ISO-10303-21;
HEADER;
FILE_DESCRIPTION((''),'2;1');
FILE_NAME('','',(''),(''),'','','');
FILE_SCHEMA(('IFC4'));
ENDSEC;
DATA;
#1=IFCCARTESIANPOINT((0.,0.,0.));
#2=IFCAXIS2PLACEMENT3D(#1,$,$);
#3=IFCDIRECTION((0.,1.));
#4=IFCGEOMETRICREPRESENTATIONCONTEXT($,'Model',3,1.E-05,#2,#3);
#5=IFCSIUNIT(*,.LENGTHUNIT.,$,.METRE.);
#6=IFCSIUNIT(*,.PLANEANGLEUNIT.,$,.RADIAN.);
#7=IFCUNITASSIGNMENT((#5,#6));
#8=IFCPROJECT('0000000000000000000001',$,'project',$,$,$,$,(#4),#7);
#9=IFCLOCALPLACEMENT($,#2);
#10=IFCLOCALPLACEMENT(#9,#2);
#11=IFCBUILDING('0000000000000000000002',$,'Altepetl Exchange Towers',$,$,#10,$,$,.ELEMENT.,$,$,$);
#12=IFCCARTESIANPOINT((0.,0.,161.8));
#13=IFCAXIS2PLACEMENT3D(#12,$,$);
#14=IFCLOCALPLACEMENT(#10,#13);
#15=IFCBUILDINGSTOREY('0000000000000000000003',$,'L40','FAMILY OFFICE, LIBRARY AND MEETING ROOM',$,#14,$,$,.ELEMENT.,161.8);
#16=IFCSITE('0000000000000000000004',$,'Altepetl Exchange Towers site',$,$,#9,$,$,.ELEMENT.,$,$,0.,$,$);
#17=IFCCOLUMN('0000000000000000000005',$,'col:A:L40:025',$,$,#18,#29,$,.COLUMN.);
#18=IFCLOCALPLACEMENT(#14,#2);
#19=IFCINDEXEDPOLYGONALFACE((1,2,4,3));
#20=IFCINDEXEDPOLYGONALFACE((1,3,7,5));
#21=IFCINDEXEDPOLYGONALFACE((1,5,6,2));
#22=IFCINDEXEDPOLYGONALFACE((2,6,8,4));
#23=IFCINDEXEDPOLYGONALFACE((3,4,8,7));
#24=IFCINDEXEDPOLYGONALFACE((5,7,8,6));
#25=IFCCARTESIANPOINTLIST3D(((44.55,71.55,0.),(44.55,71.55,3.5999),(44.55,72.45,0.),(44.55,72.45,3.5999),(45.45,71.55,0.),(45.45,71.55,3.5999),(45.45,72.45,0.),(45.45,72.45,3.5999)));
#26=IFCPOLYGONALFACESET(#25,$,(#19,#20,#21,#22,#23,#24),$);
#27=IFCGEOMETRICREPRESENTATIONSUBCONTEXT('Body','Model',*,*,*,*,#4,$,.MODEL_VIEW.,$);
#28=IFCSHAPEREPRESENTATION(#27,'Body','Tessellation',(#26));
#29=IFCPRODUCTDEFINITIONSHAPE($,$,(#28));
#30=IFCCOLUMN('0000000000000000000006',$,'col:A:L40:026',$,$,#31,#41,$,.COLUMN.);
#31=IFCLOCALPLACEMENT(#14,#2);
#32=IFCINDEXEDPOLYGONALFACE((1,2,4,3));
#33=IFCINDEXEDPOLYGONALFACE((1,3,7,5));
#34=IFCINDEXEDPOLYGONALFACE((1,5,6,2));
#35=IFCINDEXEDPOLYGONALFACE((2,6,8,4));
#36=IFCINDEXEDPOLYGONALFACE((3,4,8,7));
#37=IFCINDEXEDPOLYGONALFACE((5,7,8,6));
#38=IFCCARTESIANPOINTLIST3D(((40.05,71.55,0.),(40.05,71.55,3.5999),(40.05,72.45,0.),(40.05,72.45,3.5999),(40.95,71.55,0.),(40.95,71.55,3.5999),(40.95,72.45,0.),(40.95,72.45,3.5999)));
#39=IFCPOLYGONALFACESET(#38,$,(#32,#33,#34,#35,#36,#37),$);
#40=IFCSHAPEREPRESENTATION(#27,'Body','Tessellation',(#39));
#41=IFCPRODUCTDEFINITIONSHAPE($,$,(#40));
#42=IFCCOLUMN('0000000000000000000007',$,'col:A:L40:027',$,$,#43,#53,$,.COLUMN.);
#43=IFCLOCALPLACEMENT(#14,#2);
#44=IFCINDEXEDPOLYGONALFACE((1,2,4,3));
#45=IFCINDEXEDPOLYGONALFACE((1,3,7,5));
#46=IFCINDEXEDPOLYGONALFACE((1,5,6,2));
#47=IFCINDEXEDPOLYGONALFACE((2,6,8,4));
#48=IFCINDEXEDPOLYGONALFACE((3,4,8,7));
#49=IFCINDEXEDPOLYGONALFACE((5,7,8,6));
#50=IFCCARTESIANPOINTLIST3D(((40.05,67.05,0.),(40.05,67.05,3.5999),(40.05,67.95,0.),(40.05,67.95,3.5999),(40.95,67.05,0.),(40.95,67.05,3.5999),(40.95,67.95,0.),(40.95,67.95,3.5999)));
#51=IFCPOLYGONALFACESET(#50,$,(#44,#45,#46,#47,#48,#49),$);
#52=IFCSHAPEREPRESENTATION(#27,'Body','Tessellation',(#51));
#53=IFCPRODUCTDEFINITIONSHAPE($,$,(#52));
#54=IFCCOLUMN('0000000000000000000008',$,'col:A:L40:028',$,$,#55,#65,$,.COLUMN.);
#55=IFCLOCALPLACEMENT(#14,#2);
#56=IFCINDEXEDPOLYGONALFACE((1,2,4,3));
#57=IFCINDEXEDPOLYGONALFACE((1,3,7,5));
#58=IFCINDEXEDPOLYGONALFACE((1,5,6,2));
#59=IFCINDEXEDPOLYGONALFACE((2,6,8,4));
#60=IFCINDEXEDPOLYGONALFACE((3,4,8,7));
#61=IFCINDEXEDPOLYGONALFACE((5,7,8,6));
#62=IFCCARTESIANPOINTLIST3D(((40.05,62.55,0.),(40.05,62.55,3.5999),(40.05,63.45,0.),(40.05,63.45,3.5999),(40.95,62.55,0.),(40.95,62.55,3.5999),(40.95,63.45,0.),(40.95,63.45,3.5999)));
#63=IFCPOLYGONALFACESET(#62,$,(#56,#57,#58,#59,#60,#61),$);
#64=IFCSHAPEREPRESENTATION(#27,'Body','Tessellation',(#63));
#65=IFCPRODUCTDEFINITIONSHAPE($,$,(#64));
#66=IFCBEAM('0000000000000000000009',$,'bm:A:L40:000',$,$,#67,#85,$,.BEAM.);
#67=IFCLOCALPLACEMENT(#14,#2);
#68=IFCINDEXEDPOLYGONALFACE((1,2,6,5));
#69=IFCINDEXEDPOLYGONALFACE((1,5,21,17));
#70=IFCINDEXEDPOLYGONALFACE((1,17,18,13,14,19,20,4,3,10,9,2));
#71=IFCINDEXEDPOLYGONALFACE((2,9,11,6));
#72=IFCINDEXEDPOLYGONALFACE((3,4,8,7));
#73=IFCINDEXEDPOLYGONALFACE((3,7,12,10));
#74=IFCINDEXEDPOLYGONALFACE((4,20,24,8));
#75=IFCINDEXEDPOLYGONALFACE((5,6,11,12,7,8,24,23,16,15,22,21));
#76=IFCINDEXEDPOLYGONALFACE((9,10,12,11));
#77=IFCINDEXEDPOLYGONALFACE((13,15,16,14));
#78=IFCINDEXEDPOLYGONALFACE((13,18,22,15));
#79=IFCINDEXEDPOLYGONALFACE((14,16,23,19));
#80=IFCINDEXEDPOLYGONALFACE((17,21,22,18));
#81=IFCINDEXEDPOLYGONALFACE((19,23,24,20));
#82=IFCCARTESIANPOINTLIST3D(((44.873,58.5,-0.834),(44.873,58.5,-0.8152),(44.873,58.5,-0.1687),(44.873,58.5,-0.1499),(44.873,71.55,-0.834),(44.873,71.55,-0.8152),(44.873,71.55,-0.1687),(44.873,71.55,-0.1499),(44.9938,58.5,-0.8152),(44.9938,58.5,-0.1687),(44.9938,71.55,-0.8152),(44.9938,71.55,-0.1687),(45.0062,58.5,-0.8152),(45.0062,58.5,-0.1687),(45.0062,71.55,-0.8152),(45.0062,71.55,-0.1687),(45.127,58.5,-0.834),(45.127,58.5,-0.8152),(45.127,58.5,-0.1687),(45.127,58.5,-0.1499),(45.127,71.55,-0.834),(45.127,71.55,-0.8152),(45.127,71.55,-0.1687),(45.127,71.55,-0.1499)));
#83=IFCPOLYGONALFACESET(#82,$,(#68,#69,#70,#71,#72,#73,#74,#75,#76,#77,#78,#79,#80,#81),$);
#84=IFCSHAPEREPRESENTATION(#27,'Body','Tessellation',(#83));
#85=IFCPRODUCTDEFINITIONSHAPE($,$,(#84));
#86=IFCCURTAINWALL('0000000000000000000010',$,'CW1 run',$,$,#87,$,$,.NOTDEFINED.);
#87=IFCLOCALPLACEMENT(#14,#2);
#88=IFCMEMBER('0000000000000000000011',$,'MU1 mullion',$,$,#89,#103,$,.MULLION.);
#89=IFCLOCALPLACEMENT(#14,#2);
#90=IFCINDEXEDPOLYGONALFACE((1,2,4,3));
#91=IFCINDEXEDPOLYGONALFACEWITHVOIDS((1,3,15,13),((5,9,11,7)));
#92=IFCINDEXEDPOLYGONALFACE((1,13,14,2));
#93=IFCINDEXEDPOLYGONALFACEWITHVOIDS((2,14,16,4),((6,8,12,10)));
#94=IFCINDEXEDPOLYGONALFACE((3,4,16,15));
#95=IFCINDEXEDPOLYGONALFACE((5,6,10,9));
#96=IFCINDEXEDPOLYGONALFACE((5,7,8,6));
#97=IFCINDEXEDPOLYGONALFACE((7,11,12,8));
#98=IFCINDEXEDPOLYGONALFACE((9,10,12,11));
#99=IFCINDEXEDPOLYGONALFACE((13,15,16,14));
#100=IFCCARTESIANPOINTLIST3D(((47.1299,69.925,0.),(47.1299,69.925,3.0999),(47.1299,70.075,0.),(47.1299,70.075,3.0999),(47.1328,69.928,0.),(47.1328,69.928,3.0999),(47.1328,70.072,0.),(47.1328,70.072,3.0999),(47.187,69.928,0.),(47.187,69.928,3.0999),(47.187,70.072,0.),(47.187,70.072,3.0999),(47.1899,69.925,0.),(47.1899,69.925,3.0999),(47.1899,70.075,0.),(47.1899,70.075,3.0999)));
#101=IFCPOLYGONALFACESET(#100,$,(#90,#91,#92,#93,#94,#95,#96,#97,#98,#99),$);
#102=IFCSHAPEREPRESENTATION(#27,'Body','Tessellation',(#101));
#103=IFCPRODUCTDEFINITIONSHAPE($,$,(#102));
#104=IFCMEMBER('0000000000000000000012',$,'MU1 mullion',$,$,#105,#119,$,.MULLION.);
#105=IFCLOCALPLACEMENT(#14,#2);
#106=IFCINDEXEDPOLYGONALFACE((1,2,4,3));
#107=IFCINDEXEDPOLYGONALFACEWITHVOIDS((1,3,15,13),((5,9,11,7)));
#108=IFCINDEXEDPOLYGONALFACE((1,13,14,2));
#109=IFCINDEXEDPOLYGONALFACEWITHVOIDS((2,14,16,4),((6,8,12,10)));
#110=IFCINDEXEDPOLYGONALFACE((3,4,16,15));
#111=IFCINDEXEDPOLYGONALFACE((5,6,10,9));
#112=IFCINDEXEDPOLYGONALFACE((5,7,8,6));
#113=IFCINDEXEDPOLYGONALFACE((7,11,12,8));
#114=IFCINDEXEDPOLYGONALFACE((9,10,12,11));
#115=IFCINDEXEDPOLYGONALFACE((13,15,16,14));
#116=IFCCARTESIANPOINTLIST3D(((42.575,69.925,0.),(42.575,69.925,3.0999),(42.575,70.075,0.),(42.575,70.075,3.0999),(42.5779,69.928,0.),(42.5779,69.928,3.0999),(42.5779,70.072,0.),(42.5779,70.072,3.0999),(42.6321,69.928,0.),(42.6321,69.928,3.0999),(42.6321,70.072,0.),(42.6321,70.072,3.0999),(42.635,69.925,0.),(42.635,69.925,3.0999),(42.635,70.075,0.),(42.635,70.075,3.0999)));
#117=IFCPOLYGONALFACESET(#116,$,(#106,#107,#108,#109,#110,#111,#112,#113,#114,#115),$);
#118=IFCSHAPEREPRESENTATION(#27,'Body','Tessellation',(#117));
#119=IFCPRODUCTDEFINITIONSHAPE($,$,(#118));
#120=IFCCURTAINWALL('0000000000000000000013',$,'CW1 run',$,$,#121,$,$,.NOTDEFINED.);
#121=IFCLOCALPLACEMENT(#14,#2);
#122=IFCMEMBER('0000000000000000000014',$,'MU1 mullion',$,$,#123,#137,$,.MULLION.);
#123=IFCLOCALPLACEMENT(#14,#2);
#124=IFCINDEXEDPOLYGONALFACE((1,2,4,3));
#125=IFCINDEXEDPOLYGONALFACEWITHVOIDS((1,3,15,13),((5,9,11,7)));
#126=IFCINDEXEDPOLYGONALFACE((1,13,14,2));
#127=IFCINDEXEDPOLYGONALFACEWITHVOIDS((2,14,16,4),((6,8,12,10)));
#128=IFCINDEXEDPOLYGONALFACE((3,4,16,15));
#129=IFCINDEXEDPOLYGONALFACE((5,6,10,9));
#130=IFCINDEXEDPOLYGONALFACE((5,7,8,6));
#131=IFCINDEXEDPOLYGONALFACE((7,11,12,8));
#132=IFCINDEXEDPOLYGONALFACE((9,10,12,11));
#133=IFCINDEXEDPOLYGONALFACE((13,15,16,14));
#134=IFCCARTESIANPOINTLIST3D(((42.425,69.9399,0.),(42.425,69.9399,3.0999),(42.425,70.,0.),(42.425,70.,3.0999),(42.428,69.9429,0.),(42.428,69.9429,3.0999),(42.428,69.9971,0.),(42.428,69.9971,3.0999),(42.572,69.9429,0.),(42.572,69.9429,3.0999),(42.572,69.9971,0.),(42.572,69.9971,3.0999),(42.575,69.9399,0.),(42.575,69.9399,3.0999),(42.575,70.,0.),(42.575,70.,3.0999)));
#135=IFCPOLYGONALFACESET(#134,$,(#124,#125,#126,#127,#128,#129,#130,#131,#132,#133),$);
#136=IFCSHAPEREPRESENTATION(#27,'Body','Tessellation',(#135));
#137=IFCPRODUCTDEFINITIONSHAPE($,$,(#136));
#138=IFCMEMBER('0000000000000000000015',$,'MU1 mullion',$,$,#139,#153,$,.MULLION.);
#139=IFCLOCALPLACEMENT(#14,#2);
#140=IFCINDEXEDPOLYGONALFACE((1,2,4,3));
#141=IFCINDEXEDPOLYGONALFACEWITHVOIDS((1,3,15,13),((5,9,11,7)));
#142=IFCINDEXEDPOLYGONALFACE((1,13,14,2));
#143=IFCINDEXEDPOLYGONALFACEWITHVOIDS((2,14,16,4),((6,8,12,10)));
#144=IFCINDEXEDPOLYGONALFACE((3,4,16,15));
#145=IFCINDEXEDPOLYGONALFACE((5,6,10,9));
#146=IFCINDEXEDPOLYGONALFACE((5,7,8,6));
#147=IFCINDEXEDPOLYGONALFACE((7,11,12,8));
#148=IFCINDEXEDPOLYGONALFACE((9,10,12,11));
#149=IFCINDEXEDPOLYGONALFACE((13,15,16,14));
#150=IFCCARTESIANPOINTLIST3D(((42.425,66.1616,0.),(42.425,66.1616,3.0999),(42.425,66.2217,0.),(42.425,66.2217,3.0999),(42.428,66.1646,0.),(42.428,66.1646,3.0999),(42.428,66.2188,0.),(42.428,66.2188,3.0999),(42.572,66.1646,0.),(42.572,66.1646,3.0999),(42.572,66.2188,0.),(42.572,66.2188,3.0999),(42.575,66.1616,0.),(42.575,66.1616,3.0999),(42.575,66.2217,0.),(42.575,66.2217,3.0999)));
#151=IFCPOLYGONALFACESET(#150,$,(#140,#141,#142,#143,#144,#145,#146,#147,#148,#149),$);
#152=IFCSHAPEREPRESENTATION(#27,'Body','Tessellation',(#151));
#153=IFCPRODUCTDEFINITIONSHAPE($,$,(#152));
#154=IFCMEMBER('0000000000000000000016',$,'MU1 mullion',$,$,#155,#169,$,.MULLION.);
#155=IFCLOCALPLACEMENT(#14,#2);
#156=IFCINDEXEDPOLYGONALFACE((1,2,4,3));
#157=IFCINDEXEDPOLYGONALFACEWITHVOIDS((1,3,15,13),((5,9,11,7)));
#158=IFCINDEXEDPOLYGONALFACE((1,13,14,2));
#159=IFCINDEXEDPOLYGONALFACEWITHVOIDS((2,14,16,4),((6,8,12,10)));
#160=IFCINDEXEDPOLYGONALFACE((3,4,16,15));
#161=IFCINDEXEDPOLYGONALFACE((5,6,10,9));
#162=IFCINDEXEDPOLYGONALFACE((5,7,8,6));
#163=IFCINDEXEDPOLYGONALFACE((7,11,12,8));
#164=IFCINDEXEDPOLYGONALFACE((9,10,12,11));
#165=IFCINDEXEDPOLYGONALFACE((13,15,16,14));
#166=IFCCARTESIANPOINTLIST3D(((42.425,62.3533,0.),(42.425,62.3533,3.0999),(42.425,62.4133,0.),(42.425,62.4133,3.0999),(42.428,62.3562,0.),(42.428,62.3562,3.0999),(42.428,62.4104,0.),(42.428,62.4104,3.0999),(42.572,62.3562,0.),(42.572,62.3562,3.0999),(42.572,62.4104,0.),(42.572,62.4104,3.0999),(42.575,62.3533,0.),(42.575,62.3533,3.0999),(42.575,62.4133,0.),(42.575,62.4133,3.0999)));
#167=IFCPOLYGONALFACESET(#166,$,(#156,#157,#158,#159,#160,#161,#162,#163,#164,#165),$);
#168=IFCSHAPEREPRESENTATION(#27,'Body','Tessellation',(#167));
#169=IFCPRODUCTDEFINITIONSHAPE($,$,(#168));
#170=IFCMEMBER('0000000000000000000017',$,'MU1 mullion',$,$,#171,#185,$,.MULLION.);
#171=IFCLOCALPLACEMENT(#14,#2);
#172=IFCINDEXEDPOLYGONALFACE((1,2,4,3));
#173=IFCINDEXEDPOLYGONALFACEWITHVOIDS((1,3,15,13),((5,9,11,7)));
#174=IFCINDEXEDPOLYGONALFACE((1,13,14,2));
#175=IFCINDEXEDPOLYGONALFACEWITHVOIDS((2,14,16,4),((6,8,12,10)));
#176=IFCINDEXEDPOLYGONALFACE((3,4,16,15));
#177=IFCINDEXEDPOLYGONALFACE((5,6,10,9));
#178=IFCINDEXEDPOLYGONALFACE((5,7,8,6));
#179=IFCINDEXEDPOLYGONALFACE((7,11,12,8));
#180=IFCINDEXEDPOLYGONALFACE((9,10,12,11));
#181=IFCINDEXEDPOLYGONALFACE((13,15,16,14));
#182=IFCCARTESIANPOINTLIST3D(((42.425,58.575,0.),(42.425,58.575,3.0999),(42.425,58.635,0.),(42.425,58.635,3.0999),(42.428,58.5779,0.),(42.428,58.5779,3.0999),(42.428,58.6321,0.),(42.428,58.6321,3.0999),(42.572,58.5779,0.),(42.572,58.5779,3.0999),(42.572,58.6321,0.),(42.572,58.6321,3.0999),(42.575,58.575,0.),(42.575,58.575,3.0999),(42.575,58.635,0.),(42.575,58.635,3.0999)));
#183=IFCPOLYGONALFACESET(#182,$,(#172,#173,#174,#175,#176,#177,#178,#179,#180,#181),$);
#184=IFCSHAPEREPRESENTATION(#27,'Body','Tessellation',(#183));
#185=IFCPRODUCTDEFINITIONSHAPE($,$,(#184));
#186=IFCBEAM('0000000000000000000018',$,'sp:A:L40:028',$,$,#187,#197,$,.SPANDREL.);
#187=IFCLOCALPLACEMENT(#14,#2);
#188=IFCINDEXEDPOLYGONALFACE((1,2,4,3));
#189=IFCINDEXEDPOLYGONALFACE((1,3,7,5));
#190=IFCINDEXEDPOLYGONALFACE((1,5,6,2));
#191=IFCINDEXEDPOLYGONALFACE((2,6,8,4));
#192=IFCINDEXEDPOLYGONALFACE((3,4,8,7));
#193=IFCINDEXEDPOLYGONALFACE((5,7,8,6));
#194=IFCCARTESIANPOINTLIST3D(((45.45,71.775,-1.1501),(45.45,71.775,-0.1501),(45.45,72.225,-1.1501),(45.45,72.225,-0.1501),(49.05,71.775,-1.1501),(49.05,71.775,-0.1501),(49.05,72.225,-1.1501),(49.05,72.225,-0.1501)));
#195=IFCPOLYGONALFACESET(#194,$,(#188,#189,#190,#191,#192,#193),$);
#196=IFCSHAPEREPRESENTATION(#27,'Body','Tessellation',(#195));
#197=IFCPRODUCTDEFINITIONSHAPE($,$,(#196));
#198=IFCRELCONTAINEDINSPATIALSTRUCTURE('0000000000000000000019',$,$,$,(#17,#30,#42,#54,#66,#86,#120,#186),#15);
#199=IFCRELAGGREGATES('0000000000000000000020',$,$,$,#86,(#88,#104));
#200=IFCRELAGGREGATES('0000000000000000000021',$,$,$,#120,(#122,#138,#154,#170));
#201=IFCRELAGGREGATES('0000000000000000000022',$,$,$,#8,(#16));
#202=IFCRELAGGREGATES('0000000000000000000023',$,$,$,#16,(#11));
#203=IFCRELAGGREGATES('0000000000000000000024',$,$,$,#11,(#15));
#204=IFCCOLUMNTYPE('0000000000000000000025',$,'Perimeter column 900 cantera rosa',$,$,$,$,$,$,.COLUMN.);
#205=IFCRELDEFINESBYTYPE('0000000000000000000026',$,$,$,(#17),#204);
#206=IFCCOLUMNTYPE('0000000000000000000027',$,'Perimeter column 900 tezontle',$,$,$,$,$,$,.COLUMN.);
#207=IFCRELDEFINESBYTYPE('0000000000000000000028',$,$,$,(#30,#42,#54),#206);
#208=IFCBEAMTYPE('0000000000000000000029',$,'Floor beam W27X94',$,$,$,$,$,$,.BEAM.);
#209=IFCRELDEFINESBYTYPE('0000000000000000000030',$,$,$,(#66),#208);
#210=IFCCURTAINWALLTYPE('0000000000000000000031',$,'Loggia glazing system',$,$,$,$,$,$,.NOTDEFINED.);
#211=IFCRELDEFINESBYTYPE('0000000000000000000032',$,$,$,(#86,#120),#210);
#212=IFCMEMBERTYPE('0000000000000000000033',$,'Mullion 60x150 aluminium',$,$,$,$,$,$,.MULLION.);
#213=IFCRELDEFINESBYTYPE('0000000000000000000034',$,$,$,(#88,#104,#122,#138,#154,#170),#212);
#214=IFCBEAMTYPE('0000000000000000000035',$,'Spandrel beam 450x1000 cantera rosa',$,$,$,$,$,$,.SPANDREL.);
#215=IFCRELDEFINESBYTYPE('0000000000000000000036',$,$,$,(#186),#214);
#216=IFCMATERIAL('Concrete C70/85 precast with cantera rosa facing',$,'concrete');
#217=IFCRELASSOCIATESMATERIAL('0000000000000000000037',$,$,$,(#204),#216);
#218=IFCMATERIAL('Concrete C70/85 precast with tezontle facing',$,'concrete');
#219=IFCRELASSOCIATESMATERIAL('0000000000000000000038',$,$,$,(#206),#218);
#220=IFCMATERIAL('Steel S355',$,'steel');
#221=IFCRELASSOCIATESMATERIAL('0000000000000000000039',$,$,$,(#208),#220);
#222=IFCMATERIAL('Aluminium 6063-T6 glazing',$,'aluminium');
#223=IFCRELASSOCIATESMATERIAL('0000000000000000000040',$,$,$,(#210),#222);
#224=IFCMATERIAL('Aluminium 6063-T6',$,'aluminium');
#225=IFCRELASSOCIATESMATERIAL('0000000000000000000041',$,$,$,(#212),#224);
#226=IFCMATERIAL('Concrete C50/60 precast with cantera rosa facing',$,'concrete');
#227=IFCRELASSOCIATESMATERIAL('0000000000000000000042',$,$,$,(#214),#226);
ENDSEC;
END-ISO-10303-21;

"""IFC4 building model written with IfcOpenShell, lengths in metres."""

from ifc_helpers import new_model, si_unit, direction, frame, origin, origin_2d, place, context, subcontext, project, spatial, rectangle, hollow_rectangle, i_section, extrude, material, material_profile, profile_set, type_object, element, aggregate, save


model = new_model("IFC4")

# Units and contexts
model_context = context("Model", 3, precision=1e-05, world=origin(), true_north=direction((0.0, 1.0)))
body_context = subcontext(model_context, "Body", "Model", "MODEL_VIEW")
ifc_project = project(units=[si_unit("LENGTHUNIT", "METRE"), si_unit("PLANEANGLEUNIT", "RADIAN")], contexts=[model_context])

# Site, building, storey
site_placement = place(None, origin())
site = spatial("IfcSite", under=ifc_project, at=site_placement, Name="Altepetl Exchange Towers site", CompositionType="ELEMENT", RefElevation=0.0)
building_placement = place(site_placement, origin())
building = spatial("IfcBuilding", under=site, at=building_placement, Name="Altepetl Exchange Towers", CompositionType="ELEMENT")
storey_placement = place(building_placement, frame((0.0, 0.0, 161.8)))
storey = spatial("IfcBuildingStorey", under=building, at=storey_placement, Name="L40", Description="FAMILY OFFICE, LIBRARY AND MEETING ROOM", CompositionType="ELEMENT", Elevation=161.8)

# Columns
ifc_material_1 = material(Name="Concrete C70/85 precast with cantera rosa facing", Category="concrete")
ifc_material_profile_1 = material_profile(ifc_material_1, rectangle(XDim=0.8999, YDim=0.8999, at=origin_2d()), Name="900 x 900")
ifc_profile_set_1 = profile_set([ifc_material_profile_1], Name="Concrete C70/85 precast with cantera rosa facing")
column_type_1 = type_object("IfcColumnType", Name="Perimeter column 900 cantera rosa", PredefinedType="COLUMN", material=ifc_profile_set_1)
column_placement = place(storey_placement, frame((45.0, 72.0, 0.0)))
element("IfcColumn", 1, at=column_placement, inside=storey, type_object=column_type_1, Name="col:A:L40:025", PredefinedType="COLUMN", context=body_context, shape_type="SweptSolid", body=[
    extrude(rectangle(XDim=0.8999, YDim=0.8999, at=origin_2d()), origin(), (0.0, 0.0, 1.0), 3.5999),
])
ifc_material_2 = material(Name="Concrete C70/85 precast with tezontle facing", Category="concrete")
ifc_material_profile_2 = material_profile(ifc_material_2, rectangle(XDim=0.8999, YDim=0.8999, at=origin_2d()), Name="900 x 900")
ifc_profile_set_2 = profile_set([ifc_material_profile_2], Name="Concrete C70/85 precast with tezontle facing")
column_type_2 = type_object("IfcColumnType", Name="Perimeter column 900 tezontle", PredefinedType="COLUMN", material=ifc_profile_set_2)
for number, where, name in (
    (2, (40.5, 72.0, 0.0), "col:A:L40:026"),
    (3, (40.5, 67.5, 0.0), "col:A:L40:027"),
    (4, (40.5, 63.0, 0.0), "col:A:L40:028"),
):
    element("IfcColumn", number, at=place(storey_placement, frame(where)), inside=storey, type_object=column_type_2, Name=name, PredefinedType="COLUMN", context=body_context, shape_type="SweptSolid", body=[
        extrude(rectangle(XDim=0.8999, YDim=0.8999, at=origin_2d()), origin(), (0.0, 0.0, 1.0), 3.5999),
    ])

# Beam
ifc_material_3 = material(Name="Steel S355", Category="steel")
ifc_material_profile_3 = material_profile(ifc_material_3, i_section(OverallWidth=0.2539, OverallDepth=0.6841, WebThickness=0.0125, FlangeThickness=0.0188, at=origin_2d()), Name="W27X94")
ifc_profile_set_3 = profile_set([ifc_material_profile_3], Name="Steel S355")
beam_type_1 = type_object("IfcBeamType", Name="Floor beam W27X94", PredefinedType="BEAM", material=ifc_profile_set_3)
beam_1_placement = place(storey_placement, frame((45.0, 58.5, -0.4919), z_axis=(0.0, 1.0, 0.0), x_axis=(-1.0, 0.0, 0.0)))
element("IfcBeam", 5, at=beam_1_placement, inside=storey, type_object=beam_type_1, Name="bm:A:L40:000", PredefinedType="BEAM", context=body_context, shape_type="SweptSolid", body=[
    extrude(i_section(OverallWidth=0.2539, OverallDepth=0.6841, WebThickness=0.0125, FlangeThickness=0.0188, at=origin_2d()), origin(), (0.0, 0.0, 1.0), 13.05),
])

# Curtain walls, members
ifc_material_4 = material(Name="Aluminium 6063-T6 glazing", Category="aluminium")
curtain_wall_type = type_object("IfcCurtainWallType", Name="Loggia glazing system", PredefinedType="NOTDEFINED", material=ifc_material_4)
curtain_wall_1_placement = place(storey_placement, origin())
curtain_wall_1 = element("IfcCurtainWall", 6, at=curtain_wall_1_placement, inside=storey, type_object=curtain_wall_type, Name="CW1 run", PredefinedType="NOTDEFINED")
ifc_material_5 = material(Name="Aluminium 6063-T6", Category="aluminium")
ifc_material_profile_4 = material_profile(ifc_material_5, hollow_rectangle(XDim=0.0601, YDim=0.1499, WallThickness=0.0029, at=origin_2d()), Name="Mullion 60x150 aluminium")
ifc_profile_set_4 = profile_set([ifc_material_profile_4], Name="Aluminium 6063-T6")
member_type = type_object("IfcMemberType", Name="Mullion 60x150 aluminium", PredefinedType="MULLION", material=ifc_profile_set_4)
member_1_placement = place(storey_placement, frame((47.1599, 70.0, 0.0), z_axis=(0.0, 0.0, 1.0), x_axis=(-1.0, 0.0, 0.0)))
member_1 = element("IfcMember", 7, at=member_1_placement, type_object=member_type, Name="MU1 mullion", PredefinedType="MULLION", context=body_context, shape_type="SweptSolid", body=[
    extrude(hollow_rectangle(XDim=0.0601, YDim=0.1499, WallThickness=0.0029, at=origin_2d()), origin(), (0.0, 0.0, 1.0), 3.0999),
])
member_2_placement = place(storey_placement, frame((42.605, 70.0, 0.0), z_axis=(0.0, 0.0, 1.0), x_axis=(-1.0, 0.0, 0.0)))
member_2 = element("IfcMember", 8, at=member_2_placement, type_object=member_type, Name="MU1 mullion", PredefinedType="MULLION", context=body_context, shape_type="SweptSolid", body=[
    extrude(hollow_rectangle(XDim=0.0601, YDim=0.1499, WallThickness=0.0029, at=origin_2d()), origin(), (0.0, 0.0, 1.0), 3.0999),
])
curtain_wall_2_placement = place(storey_placement, origin())
curtain_wall_2 = element("IfcCurtainWall", 9, at=curtain_wall_2_placement, inside=storey, type_object=curtain_wall_type, Name="CW1 run", PredefinedType="NOTDEFINED")
member_3_placement = place(storey_placement, frame((42.5, 69.97, 0.0), z_axis=(0.0, 0.0, 1.0), x_axis=(0.0, -1.0, 0.0)))
member_3 = element("IfcMember", 10, at=member_3_placement, type_object=member_type, Name="MU1 mullion", PredefinedType="MULLION", context=body_context, shape_type="SweptSolid", body=[
    extrude(hollow_rectangle(XDim=0.0601, YDim=0.1499, WallThickness=0.0029, at=origin_2d()), origin(), (0.0, 0.0, 1.0), 3.0999),
])
member_4_placement = place(storey_placement, frame((42.5, 66.1917, 0.0), z_axis=(0.0, 0.0, 1.0), x_axis=(0.0, -1.0, 0.0)))
member_4 = element("IfcMember", 11, at=member_4_placement, type_object=member_type, Name="MU1 mullion", PredefinedType="MULLION", context=body_context, shape_type="SweptSolid", body=[
    extrude(hollow_rectangle(XDim=0.0601, YDim=0.1499, WallThickness=0.0029, at=origin_2d()), origin(), (0.0, 0.0, 1.0), 3.0999),
])
member_5_placement = place(storey_placement, frame((42.5, 62.3833, 0.0), z_axis=(0.0, 0.0, 1.0), x_axis=(0.0, -1.0, 0.0)))
member_5 = element("IfcMember", 12, at=member_5_placement, type_object=member_type, Name="MU1 mullion", PredefinedType="MULLION", context=body_context, shape_type="SweptSolid", body=[
    extrude(hollow_rectangle(XDim=0.0601, YDim=0.1499, WallThickness=0.0029, at=origin_2d()), origin(), (0.0, 0.0, 1.0), 3.0999),
])
member_6_placement = place(storey_placement, frame((42.5, 58.605, 0.0), z_axis=(0.0, 0.0, 1.0), x_axis=(0.0, -1.0, 0.0)))
member_6 = element("IfcMember", 13, at=member_6_placement, type_object=member_type, Name="MU1 mullion", PredefinedType="MULLION", context=body_context, shape_type="SweptSolid", body=[
    extrude(hollow_rectangle(XDim=0.0601, YDim=0.1499, WallThickness=0.0029, at=origin_2d()), origin(), (0.0, 0.0, 1.0), 3.0999),
])

# Beam
ifc_material_6 = material(Name="Concrete C50/60 precast with cantera rosa facing", Category="concrete")
ifc_material_profile_5 = material_profile(ifc_material_6, rectangle(XDim=0.45, YDim=1.0, at=origin_2d()), Name="450 x 1000")
ifc_profile_set_5 = profile_set([ifc_material_profile_5], Name="Concrete C50/60 precast with cantera rosa facing")
beam_type_2 = type_object("IfcBeamType", Name="Spandrel beam 450x1000 cantera rosa", PredefinedType="SPANDREL", material=ifc_profile_set_5)
for number, where, z_axis, x_axis, name in (
    (14, (49.05, 72.0, -0.6501), (-1.0, 0.0, 0.0), (0.0, -1.0, 0.0), "sp:A:L40:028"),
):
    element("IfcBeam", number, at=place(storey_placement, frame(where, z_axis=z_axis, x_axis=x_axis)), inside=storey, type_object=beam_type_2, Name=name, PredefinedType="SPANDREL", context=body_context, shape_type="SweptSolid", body=[
        extrude(rectangle(XDim=0.45, YDim=1.0, at=origin_2d()), origin(), (0.0, 0.0, 1.0), 3.6001),
    ])

aggregate(curtain_wall_1, [member_1, member_2])
aggregate(curtain_wall_2, [member_3, member_4, member_5, member_6])

save(model, "model.ifc")
